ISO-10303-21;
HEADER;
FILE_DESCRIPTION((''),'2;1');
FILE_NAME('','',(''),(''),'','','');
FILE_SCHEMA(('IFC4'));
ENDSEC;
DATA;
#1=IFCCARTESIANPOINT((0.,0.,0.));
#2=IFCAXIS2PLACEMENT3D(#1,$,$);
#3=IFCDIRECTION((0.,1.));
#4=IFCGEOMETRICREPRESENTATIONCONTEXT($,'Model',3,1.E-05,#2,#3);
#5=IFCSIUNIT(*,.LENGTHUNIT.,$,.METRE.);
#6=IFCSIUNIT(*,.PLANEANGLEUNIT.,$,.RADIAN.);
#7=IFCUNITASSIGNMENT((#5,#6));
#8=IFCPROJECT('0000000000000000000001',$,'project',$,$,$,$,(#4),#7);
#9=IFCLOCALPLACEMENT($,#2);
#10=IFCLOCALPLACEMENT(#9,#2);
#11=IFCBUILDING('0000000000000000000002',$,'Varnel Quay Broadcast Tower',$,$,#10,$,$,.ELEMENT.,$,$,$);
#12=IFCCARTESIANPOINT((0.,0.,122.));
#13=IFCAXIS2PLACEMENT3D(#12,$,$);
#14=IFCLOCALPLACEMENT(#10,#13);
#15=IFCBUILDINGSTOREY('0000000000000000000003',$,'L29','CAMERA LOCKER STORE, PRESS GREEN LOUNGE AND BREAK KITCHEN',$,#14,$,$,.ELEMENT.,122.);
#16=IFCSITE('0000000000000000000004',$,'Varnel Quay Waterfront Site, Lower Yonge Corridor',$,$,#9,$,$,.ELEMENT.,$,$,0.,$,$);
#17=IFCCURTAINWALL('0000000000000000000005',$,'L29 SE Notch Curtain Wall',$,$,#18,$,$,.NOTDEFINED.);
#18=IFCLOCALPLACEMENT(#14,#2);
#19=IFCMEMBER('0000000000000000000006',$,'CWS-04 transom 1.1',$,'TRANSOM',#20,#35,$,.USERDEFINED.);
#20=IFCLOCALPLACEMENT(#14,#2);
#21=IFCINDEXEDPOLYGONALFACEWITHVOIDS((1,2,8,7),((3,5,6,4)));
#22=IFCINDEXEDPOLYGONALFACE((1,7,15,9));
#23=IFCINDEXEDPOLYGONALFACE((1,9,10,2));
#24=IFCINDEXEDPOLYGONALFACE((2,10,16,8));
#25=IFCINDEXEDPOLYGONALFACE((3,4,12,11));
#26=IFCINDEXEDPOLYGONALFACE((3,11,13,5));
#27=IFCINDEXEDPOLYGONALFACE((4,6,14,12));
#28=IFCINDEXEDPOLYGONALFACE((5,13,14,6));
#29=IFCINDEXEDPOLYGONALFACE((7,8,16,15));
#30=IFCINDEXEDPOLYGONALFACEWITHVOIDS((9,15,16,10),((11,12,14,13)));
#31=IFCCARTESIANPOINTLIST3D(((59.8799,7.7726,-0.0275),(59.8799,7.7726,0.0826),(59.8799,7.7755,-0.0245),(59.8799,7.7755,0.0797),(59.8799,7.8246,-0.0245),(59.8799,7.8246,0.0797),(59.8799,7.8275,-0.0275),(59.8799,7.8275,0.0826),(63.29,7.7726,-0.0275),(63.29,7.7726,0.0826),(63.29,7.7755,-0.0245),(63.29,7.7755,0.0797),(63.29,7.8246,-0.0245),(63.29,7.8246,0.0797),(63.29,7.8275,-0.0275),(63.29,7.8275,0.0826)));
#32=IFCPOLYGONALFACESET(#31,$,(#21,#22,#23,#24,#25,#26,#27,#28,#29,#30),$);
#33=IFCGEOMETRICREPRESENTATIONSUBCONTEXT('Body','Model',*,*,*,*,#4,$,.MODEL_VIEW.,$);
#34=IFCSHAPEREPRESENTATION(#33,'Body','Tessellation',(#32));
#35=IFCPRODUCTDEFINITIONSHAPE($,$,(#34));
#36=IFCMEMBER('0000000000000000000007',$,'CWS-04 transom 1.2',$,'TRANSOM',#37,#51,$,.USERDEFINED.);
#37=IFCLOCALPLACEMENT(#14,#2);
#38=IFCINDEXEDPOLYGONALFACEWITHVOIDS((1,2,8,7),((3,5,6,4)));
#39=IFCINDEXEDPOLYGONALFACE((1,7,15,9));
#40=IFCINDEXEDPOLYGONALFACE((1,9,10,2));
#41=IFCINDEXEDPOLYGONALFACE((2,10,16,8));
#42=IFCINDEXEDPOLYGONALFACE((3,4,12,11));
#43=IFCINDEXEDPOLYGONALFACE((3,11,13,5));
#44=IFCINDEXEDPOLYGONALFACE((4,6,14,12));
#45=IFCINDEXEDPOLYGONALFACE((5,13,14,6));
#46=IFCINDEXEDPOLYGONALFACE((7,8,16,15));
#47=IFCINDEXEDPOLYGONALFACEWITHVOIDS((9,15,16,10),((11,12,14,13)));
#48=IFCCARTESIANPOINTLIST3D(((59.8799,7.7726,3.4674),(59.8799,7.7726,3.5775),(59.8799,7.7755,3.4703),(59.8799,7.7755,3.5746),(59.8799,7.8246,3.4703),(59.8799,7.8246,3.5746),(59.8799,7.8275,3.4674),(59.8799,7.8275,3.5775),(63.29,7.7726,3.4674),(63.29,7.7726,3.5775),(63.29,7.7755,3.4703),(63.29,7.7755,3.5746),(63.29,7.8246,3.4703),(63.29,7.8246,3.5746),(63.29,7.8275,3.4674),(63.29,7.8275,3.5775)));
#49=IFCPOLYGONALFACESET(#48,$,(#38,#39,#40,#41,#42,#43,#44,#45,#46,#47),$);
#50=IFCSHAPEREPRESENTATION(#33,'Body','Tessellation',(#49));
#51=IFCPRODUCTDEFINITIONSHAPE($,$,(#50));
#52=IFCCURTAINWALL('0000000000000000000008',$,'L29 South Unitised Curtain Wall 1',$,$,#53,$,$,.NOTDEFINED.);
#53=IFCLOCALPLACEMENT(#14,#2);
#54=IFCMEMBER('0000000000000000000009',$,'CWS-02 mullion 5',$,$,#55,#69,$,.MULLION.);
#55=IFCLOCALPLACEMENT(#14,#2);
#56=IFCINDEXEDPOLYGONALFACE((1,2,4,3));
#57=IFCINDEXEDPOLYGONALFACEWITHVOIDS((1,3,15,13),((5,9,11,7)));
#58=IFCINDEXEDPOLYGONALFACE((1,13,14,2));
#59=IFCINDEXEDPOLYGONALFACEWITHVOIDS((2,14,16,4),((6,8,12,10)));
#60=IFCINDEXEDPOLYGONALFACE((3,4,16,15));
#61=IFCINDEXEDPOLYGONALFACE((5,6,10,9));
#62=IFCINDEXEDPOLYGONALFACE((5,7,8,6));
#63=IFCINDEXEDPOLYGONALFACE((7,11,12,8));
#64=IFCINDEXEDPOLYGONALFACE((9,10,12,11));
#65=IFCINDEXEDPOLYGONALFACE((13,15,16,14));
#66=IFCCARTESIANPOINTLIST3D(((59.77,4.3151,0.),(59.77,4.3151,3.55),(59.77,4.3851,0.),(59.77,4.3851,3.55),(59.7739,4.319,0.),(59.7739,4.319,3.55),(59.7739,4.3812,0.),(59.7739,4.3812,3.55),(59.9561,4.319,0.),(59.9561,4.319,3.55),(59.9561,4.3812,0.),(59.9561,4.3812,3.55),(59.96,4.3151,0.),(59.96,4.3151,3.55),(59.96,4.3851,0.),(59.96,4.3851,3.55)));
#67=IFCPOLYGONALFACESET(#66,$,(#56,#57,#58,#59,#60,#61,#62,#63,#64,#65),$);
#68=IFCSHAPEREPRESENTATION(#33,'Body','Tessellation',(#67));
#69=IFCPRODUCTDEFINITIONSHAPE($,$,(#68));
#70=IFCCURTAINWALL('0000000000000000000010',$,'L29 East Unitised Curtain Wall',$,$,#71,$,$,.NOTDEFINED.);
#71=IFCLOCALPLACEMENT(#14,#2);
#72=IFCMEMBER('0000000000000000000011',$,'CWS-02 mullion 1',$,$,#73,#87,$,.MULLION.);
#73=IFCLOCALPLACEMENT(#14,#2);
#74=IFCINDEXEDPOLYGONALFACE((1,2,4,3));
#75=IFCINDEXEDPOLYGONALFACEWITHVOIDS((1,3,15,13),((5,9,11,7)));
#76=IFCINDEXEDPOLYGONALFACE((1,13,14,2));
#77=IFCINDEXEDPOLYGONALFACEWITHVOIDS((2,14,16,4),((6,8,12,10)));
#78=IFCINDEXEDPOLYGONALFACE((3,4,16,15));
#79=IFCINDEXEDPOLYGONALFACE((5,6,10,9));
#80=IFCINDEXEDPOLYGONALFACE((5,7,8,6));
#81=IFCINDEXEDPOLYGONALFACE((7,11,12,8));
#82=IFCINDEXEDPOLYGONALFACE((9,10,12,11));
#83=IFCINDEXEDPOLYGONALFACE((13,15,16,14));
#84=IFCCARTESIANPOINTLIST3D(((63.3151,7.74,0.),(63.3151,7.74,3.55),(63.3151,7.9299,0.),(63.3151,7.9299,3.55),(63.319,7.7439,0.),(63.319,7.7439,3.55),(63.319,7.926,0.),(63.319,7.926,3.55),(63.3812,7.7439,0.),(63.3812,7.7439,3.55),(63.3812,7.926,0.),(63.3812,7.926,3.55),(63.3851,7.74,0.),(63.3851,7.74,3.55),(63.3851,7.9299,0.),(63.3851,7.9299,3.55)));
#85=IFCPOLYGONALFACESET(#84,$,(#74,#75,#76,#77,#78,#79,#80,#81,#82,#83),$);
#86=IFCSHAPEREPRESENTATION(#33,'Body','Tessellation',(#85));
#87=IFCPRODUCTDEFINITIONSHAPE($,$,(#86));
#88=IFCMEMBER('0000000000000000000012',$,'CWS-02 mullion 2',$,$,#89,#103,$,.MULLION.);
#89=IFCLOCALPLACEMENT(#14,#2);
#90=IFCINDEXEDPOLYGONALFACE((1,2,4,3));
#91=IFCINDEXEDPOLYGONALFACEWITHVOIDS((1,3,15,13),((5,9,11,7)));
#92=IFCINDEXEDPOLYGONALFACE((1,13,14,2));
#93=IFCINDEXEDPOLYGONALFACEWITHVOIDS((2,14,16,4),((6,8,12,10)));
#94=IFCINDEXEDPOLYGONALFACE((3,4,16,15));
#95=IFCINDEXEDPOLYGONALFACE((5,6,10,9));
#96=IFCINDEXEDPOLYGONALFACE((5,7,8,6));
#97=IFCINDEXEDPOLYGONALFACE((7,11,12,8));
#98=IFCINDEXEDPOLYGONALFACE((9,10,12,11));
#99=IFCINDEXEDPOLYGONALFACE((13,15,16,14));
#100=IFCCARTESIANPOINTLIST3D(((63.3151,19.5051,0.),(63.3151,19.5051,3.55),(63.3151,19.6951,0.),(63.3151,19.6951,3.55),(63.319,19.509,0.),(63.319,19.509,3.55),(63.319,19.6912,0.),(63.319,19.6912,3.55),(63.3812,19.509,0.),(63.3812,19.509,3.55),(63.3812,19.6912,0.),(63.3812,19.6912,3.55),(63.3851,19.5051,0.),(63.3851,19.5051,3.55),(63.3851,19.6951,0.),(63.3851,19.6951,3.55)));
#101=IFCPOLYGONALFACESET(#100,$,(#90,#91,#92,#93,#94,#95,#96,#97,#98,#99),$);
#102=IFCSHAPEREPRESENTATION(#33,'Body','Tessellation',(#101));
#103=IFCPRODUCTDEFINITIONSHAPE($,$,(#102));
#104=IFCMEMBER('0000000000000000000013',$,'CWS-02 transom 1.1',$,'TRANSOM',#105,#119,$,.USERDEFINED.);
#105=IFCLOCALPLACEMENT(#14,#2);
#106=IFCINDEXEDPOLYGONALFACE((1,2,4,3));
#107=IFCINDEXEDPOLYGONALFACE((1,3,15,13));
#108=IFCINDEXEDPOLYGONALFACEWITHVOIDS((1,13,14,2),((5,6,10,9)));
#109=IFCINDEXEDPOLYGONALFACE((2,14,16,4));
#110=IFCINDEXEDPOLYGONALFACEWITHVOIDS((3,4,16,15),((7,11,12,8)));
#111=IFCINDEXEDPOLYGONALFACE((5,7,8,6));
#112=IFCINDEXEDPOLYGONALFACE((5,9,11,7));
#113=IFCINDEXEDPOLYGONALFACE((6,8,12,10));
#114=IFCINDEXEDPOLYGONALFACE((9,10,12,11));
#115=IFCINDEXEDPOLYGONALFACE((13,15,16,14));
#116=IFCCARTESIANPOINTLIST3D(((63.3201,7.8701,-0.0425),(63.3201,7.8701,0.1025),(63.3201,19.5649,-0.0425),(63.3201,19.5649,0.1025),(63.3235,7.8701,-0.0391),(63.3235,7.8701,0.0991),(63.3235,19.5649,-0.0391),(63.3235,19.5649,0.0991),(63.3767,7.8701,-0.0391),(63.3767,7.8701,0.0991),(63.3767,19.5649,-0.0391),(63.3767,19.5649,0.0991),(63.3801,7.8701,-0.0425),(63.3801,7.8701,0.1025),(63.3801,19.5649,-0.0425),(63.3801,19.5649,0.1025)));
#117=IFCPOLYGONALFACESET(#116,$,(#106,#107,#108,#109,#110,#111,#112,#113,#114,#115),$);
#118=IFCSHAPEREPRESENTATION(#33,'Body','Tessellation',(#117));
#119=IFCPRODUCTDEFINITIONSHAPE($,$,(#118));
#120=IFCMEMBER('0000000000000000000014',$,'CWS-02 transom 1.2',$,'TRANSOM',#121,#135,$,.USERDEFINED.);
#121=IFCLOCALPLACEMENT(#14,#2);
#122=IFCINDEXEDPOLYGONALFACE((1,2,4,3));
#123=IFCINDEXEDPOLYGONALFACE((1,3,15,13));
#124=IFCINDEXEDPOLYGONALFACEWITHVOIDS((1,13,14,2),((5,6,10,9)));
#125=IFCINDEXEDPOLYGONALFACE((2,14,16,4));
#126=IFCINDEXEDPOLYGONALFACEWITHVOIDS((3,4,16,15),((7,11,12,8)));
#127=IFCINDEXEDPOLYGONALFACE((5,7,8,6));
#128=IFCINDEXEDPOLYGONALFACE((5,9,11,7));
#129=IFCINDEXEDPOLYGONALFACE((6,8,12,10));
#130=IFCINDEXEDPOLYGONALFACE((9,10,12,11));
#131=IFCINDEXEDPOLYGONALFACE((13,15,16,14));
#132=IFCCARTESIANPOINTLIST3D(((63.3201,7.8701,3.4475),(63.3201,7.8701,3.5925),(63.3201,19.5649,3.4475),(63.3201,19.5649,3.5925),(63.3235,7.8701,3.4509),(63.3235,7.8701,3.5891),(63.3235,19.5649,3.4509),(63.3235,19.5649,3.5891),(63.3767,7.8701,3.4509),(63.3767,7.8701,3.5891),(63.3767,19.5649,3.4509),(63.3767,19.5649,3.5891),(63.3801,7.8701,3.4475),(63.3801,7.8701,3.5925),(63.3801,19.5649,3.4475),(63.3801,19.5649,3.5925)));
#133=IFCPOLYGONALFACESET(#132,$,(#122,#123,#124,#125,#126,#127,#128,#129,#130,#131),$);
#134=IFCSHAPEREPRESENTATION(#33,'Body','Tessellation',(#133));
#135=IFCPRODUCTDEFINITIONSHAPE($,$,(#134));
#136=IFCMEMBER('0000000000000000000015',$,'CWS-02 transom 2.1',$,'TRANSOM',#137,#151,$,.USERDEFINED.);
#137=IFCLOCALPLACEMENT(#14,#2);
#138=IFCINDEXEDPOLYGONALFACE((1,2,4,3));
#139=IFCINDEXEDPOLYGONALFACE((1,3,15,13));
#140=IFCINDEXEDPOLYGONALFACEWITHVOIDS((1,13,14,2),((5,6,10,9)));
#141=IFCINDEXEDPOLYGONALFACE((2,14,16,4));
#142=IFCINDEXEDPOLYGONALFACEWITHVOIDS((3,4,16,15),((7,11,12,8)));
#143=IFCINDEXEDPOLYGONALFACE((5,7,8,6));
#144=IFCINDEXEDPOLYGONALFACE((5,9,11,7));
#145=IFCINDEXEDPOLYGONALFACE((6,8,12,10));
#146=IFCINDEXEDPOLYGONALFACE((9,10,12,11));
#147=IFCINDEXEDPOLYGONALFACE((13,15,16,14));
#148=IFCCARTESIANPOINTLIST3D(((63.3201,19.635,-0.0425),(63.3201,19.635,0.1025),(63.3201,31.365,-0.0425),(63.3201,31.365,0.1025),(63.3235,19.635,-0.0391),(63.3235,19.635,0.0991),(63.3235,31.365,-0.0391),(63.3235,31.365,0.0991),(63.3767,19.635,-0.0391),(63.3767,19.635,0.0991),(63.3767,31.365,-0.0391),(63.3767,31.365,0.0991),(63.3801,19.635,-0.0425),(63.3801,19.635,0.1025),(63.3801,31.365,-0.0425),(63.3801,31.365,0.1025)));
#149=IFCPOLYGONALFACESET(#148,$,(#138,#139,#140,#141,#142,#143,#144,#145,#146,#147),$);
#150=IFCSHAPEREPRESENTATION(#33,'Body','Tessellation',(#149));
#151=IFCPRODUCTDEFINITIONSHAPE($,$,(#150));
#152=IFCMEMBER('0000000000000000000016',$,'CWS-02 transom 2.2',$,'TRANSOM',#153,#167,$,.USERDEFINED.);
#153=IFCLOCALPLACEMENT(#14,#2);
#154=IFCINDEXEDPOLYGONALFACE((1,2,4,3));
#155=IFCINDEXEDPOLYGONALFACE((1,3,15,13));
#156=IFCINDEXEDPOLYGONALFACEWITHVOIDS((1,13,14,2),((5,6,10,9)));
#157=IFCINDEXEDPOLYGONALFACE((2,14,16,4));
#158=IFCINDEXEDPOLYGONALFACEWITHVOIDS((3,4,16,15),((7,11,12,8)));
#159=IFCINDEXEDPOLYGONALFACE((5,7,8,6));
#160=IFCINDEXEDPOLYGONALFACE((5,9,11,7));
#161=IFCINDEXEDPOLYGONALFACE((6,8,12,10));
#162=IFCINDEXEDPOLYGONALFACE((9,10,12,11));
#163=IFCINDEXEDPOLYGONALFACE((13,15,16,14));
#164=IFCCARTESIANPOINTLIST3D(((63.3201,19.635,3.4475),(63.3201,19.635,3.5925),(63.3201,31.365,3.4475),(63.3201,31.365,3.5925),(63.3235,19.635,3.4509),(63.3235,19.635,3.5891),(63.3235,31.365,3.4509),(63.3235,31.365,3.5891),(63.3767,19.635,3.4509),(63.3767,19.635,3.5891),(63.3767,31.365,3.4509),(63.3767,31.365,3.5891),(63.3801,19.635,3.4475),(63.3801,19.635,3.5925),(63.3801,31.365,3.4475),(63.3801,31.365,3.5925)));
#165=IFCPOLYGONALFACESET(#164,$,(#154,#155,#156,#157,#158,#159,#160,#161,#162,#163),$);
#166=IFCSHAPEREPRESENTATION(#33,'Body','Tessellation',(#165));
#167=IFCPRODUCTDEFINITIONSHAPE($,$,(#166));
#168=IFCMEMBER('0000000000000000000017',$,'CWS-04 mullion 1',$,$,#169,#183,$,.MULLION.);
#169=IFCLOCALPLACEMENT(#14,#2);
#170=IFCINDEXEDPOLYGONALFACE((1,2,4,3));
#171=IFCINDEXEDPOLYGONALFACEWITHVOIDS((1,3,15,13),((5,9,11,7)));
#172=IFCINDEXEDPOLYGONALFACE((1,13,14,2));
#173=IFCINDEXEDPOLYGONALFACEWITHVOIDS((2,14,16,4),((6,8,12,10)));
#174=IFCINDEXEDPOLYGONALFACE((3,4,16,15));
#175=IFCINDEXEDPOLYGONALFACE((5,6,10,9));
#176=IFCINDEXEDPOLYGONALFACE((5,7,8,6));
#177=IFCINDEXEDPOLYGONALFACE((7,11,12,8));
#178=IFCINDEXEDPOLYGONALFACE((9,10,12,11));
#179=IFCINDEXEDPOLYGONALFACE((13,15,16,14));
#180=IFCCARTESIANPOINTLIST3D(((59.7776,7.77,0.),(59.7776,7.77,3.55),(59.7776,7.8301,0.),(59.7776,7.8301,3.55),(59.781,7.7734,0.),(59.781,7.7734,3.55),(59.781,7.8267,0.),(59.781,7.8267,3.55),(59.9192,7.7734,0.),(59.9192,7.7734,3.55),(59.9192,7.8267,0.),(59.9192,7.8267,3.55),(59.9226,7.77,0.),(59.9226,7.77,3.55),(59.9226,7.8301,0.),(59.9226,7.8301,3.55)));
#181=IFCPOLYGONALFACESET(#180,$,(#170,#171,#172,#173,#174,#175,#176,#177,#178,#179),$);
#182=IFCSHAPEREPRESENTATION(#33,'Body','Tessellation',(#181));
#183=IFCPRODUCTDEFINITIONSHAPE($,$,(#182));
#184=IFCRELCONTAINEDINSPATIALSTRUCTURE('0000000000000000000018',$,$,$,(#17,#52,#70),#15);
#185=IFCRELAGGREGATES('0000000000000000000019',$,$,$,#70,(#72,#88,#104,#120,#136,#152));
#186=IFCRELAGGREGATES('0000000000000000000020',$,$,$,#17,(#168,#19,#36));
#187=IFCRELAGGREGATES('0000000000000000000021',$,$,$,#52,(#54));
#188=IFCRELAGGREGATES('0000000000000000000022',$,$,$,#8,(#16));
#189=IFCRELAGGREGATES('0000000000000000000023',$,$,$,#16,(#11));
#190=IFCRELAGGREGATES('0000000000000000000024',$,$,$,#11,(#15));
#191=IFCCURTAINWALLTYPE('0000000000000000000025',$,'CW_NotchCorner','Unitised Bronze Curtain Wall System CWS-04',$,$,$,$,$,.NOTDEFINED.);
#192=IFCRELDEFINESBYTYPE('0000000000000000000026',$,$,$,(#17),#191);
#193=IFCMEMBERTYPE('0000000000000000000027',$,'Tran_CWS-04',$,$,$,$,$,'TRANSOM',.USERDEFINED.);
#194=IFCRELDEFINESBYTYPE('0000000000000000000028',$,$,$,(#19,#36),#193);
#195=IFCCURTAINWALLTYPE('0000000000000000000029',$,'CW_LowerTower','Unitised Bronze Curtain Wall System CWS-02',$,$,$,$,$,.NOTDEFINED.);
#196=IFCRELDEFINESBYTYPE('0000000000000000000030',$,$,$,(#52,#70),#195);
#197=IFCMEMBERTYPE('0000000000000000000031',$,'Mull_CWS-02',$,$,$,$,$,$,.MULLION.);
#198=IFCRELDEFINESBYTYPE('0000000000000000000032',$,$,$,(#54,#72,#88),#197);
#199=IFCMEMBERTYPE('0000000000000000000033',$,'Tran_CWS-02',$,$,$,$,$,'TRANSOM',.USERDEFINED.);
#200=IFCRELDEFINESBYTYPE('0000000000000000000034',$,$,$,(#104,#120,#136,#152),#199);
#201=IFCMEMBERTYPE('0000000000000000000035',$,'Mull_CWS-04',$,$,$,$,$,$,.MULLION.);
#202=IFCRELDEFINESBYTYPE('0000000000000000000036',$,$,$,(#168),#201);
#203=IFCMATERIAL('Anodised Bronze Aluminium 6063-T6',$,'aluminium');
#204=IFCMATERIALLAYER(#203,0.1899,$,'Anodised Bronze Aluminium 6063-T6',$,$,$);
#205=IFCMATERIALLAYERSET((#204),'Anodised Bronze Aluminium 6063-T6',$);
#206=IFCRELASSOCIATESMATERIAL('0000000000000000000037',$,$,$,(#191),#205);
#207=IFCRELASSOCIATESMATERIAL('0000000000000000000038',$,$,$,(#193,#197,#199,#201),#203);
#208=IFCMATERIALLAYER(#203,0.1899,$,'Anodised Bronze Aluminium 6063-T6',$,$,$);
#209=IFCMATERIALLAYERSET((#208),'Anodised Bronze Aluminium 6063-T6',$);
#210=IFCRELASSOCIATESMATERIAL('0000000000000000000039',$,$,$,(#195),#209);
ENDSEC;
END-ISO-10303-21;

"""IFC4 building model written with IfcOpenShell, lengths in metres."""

from ifc_helpers import new_model, si_unit, direction, frame, origin, origin_2d, place, context, subcontext, project, spatial, hollow_rectangle, extrude, source, transform, mapped, material, layer, layer_set, material_profile, profile_set, type_object, type_shapes, element, aggregate, save


model = new_model("IFC4")

# Units and contexts
model_context = context("Model", 3, precision=1e-05, world=origin(), true_north=direction((0.0, 1.0)))
body_context = subcontext(model_context, "Body", "Model", "MODEL_VIEW")
ifc_project = project(units=[si_unit("LENGTHUNIT", "METRE"), si_unit("PLANEANGLEUNIT", "RADIAN")], contexts=[model_context])

# Site, building, storey
site_placement = place(None, origin())
site = spatial("IfcSite", under=ifc_project, at=site_placement, Name="Varnel Quay Waterfront Site, Lower Yonge Corridor", CompositionType="ELEMENT", RefElevation=0.0)
building_placement = place(site_placement, origin())
building = spatial("IfcBuilding", under=site, at=building_placement, Name="Varnel Quay Broadcast Tower", CompositionType="ELEMENT")
storey_placement = place(building_placement, frame((0.0, 0.0, 122.0)))
storey = spatial("IfcBuildingStorey", under=building, at=storey_placement, Name="L29", Description="CAMERA LOCKER STORE, PRESS GREEN LOUNGE AND BREAK KITCHEN", CompositionType="ELEMENT", Elevation=122.0)

# Curtain wall, members
ifc_material_1 = material(Name="Anodised Bronze Aluminium 6063-T6", Category="aluminium")
ifc_layer_1 = layer(ifc_material_1, 0.1899, Name="Anodised Bronze Aluminium 6063-T6")
ifc_layer_set_1 = layer_set([ifc_layer_1], Name="Anodised Bronze Aluminium 6063-T6")
curtain_wall_type_1 = type_object("IfcCurtainWallType", Name="CW_NotchCorner", Description="Unitised Bronze Curtain Wall System CWS-04", PredefinedType="NOTDEFINED", material=ifc_layer_set_1)
curtain_wall_1_placement = place(storey_placement, origin())
curtain_wall_1 = element("IfcCurtainWall", 1, at=curtain_wall_1_placement, inside=storey, type_object=curtain_wall_type_1, Name="L29 SE Notch Curtain Wall", PredefinedType="NOTDEFINED")
ifc_material_profile_1 = material_profile(ifc_material_1, hollow_rectangle(XDim=0.0549, YDim=0.1101, WallThickness=0.0029, at=origin_2d()), Name="ALU55X110X3")
ifc_profile_set_1 = profile_set([ifc_material_profile_1], Name="Anodised Bronze Aluminium 6063-T6")
member_type_1 = type_object("IfcMemberType", Name="Tran_CWS-04", ElementType="TRANSOM", PredefinedType="USERDEFINED", material=ifc_profile_set_1)
shared_shape_1 = source(origin(), body_context, "Body", "SweptSolid", [
    extrude(hollow_rectangle(XDim=0.0549, YDim=0.1101, WallThickness=0.0029, at=origin_2d()), origin(), (0.0, 0.0, 1.0), 3.4102),
])
type_shapes(member_type_1, [shared_shape_1])
member_1_placement = place(storey_placement, frame((59.8799, 7.8, 0.0276), z_axis=(1.0, 0.0, 0.0), x_axis=(0.0, 1.0, 0.0)))
member_1 = element("IfcMember", 2, at=member_1_placement, type_object=member_type_1, Name="CWS-04 transom 1.1", ObjectType="TRANSOM", PredefinedType="USERDEFINED", context=body_context, shape_type="MappedRepresentation", body=[
    mapped(shared_shape_1, transform((0.0, 0.0, 0.0), x_axis=(1.0, 0.0, 0.0), y_axis=(0.0, 1.0, 0.0), z_axis=(0.0, 0.0, 1.0), scale=1.0)),
])
member_2_placement = place(storey_placement, frame((59.8799, 7.8, 3.5225), z_axis=(1.0, 0.0, 0.0), x_axis=(0.0, 1.0, 0.0)))
member_2 = element("IfcMember", 3, at=member_2_placement, type_object=member_type_1, Name="CWS-04 transom 1.2", ObjectType="TRANSOM", PredefinedType="USERDEFINED", context=body_context, shape_type="MappedRepresentation", body=[
    mapped(shared_shape_1, transform((0.0, 0.0, 0.0), x_axis=(1.0, 0.0, 0.0), y_axis=(0.0, 1.0, 0.0), z_axis=(0.0, 0.0, 1.0), scale=1.0)),
])

# Curtain wall, member
ifc_layer_2 = layer(ifc_material_1, 0.1899, Name="Anodised Bronze Aluminium 6063-T6")
ifc_layer_set_2 = layer_set([ifc_layer_2], Name="Anodised Bronze Aluminium 6063-T6")
curtain_wall_type_2 = type_object("IfcCurtainWallType", Name="CW_LowerTower", Description="Unitised Bronze Curtain Wall System CWS-02", PredefinedType="NOTDEFINED", material=ifc_layer_set_2)
curtain_wall_2_placement = place(storey_placement, origin())
curtain_wall_2 = element("IfcCurtainWall", 4, at=curtain_wall_2_placement, inside=storey, type_object=curtain_wall_type_2, Name="L29 South Unitised Curtain Wall 1", PredefinedType="NOTDEFINED")
ifc_material_profile_2 = material_profile(ifc_material_1, hollow_rectangle(XDim=0.0701, YDim=0.1899, WallThickness=0.0039, at=origin_2d()), Name="ALU70X190X4")
ifc_profile_set_2 = profile_set([ifc_material_profile_2], Name="Anodised Bronze Aluminium 6063-T6")
member_type_2 = type_object("IfcMemberType", Name="Mull_CWS-02", PredefinedType="MULLION", material=ifc_profile_set_2)
shared_shape_2 = source(origin(), body_context, "Body", "SweptSolid", [
    extrude(hollow_rectangle(XDim=0.0701, YDim=0.1899, WallThickness=0.0039, at=origin_2d()), origin(), (0.0, 0.0, 1.0), 3.55),
])
type_shapes(member_type_2, [shared_shape_2])
member_3_placement = place(storey_placement, frame((59.865, 4.3501, 0.0), z_axis=(0.0, 0.0, 1.0), x_axis=(0.0, 1.0, 0.0)))
member_3 = element("IfcMember", 5, at=member_3_placement, type_object=member_type_2, Name="CWS-02 mullion 5", PredefinedType="MULLION", context=body_context, shape_type="MappedRepresentation", body=[
    mapped(shared_shape_2, transform((0.0, 0.0, 0.0), x_axis=(1.0, 0.0, 0.0), y_axis=(0.0, 1.0, 0.0), z_axis=(0.0, 0.0, 1.0), scale=1.0)),
])

# Curtain wall, members
curtain_wall_3_placement = place(storey_placement, origin())
curtain_wall_3 = element("IfcCurtainWall", 6, at=curtain_wall_3_placement, inside=storey, type_object=curtain_wall_type_2, Name="L29 East Unitised Curtain Wall", PredefinedType="NOTDEFINED")
member_4_placement = place(storey_placement, frame((63.3501, 7.835, 0.0), z_axis=(0.0, 0.0, 1.0), x_axis=(-1.0, 0.0, 0.0)))
member_4 = element("IfcMember", 7, at=member_4_placement, type_object=member_type_2, Name="CWS-02 mullion 1", PredefinedType="MULLION", context=body_context, shape_type="MappedRepresentation", body=[
    mapped(shared_shape_2, transform((0.0, 0.0, 0.0), x_axis=(1.0, 0.0, 0.0), y_axis=(0.0, 1.0, 0.0), z_axis=(0.0, 0.0, 1.0), scale=1.0)),
])
member_5_placement = place(storey_placement, frame((63.3501, 19.6001, 0.0), z_axis=(0.0, 0.0, 1.0), x_axis=(-1.0, 0.0, 0.0)))
member_5 = element("IfcMember", 8, at=member_5_placement, type_object=member_type_2, Name="CWS-02 mullion 2", PredefinedType="MULLION", context=body_context, shape_type="MappedRepresentation", body=[
    mapped(shared_shape_2, transform((0.0, 0.0, 0.0), x_axis=(1.0, 0.0, 0.0), y_axis=(0.0, 1.0, 0.0), z_axis=(0.0, 0.0, 1.0), scale=1.0)),
])
ifc_material_profile_3 = material_profile(ifc_material_1, hollow_rectangle(XDim=0.0601, YDim=0.145, WallThickness=0.0034, at=origin_2d()), Name="ALU60X145X3.5")
ifc_profile_set_3 = profile_set([ifc_material_profile_3], Name="Anodised Bronze Aluminium 6063-T6")
member_type_3 = type_object("IfcMemberType", Name="Tran_CWS-02", ElementType="TRANSOM", PredefinedType="USERDEFINED", material=ifc_profile_set_3)
shared_shape_3 = source(origin(), body_context, "Body", "SweptSolid", [
    extrude(hollow_rectangle(XDim=0.0601, YDim=0.145, WallThickness=0.0034, at=origin_2d()), origin(), (0.0, 0.0, 1.0), 11.6948),
])
member_6_placement = place(storey_placement, frame((63.3501, 7.8701, 0.03), z_axis=(0.0, 1.0, 0.0), x_axis=(-1.0, 0.0, 0.0)))
member_6 = element("IfcMember", 9, at=member_6_placement, type_object=member_type_3, Name="CWS-02 transom 1.1", ObjectType="TRANSOM", PredefinedType="USERDEFINED", context=body_context, shape_type="MappedRepresentation", body=[
    mapped(shared_shape_3, transform((0.0, 0.0, 0.0), x_axis=(1.0, 0.0, 0.0), y_axis=(0.0, 1.0, 0.0), z_axis=(0.0, 0.0, 1.0), scale=1.0)),
])
member_7_placement = place(storey_placement, frame((63.3501, 7.8701, 3.52), z_axis=(0.0, 1.0, 0.0), x_axis=(-1.0, 0.0, 0.0)))
member_7 = element("IfcMember", 10, at=member_7_placement, type_object=member_type_3, Name="CWS-02 transom 1.2", ObjectType="TRANSOM", PredefinedType="USERDEFINED", context=body_context, shape_type="MappedRepresentation", body=[
    mapped(shared_shape_3, transform((0.0, 0.0, 0.0), x_axis=(1.0, 0.0, 0.0), y_axis=(0.0, 1.0, 0.0), z_axis=(0.0, 0.0, 1.0), scale=1.0)),
])
shared_shape_4 = source(origin(), body_context, "Body", "SweptSolid", [
    extrude(hollow_rectangle(XDim=0.0601, YDim=0.145, WallThickness=0.0034, at=origin_2d()), origin(), (0.0, 0.0, 1.0), 11.73),
])
member_8_placement = place(storey_placement, frame((63.3501, 19.635, 0.03), z_axis=(0.0, 1.0, 0.0), x_axis=(-1.0, 0.0, 0.0)))
member_8 = element("IfcMember", 11, at=member_8_placement, type_object=member_type_3, Name="CWS-02 transom 2.1", ObjectType="TRANSOM", PredefinedType="USERDEFINED", context=body_context, shape_type="MappedRepresentation", body=[
    mapped(shared_shape_4, transform((0.0, 0.0, 0.0), x_axis=(1.0, 0.0, 0.0), y_axis=(0.0, 1.0, 0.0), z_axis=(0.0, 0.0, 1.0), scale=1.0)),
])
member_9_placement = place(storey_placement, frame((63.3501, 19.635, 3.52), z_axis=(0.0, 1.0, 0.0), x_axis=(-1.0, 0.0, 0.0)))
member_9 = element("IfcMember", 12, at=member_9_placement, type_object=member_type_3, Name="CWS-02 transom 2.2", ObjectType="TRANSOM", PredefinedType="USERDEFINED", context=body_context, shape_type="MappedRepresentation", body=[
    mapped(shared_shape_4, transform((0.0, 0.0, 0.0), x_axis=(1.0, 0.0, 0.0), y_axis=(0.0, 1.0, 0.0), z_axis=(0.0, 0.0, 1.0), scale=1.0)),
])

# Member
ifc_material_profile_4 = material_profile(ifc_material_1, hollow_rectangle(XDim=0.0601, YDim=0.145, WallThickness=0.0034, at=origin_2d()), Name="ALU60X145X3.5")
ifc_profile_set_4 = profile_set([ifc_material_profile_4], Name="Anodised Bronze Aluminium 6063-T6")
member_type_4 = type_object("IfcMemberType", Name="Mull_CWS-04", PredefinedType="MULLION", material=ifc_profile_set_4)
shared_shape_5 = source(origin(), body_context, "Body", "SweptSolid", [
    extrude(hollow_rectangle(XDim=0.0601, YDim=0.145, WallThickness=0.0034, at=origin_2d()), origin(), (0.0, 0.0, 1.0), 3.55),
])
type_shapes(member_type_4, [shared_shape_5])
member_10_placement = place(storey_placement, frame((59.8501, 7.8, 0.0), z_axis=(0.0, 0.0, 1.0), x_axis=(0.0, 1.0, 0.0)))
member_10 = element("IfcMember", 13, at=member_10_placement, type_object=member_type_4, Name="CWS-04 mullion 1", PredefinedType="MULLION", context=body_context, shape_type="MappedRepresentation", body=[
    mapped(shared_shape_5, transform((0.0, 0.0, 0.0), x_axis=(1.0, 0.0, 0.0), y_axis=(0.0, 1.0, 0.0), z_axis=(0.0, 0.0, 1.0), scale=1.0)),
])

aggregate(curtain_wall_3, [member_4, member_5, member_6, member_7, member_8, member_9])
aggregate(curtain_wall_1, [member_10, member_1, member_2])
aggregate(curtain_wall_2, [member_3])

save(model, "model.ifc")
